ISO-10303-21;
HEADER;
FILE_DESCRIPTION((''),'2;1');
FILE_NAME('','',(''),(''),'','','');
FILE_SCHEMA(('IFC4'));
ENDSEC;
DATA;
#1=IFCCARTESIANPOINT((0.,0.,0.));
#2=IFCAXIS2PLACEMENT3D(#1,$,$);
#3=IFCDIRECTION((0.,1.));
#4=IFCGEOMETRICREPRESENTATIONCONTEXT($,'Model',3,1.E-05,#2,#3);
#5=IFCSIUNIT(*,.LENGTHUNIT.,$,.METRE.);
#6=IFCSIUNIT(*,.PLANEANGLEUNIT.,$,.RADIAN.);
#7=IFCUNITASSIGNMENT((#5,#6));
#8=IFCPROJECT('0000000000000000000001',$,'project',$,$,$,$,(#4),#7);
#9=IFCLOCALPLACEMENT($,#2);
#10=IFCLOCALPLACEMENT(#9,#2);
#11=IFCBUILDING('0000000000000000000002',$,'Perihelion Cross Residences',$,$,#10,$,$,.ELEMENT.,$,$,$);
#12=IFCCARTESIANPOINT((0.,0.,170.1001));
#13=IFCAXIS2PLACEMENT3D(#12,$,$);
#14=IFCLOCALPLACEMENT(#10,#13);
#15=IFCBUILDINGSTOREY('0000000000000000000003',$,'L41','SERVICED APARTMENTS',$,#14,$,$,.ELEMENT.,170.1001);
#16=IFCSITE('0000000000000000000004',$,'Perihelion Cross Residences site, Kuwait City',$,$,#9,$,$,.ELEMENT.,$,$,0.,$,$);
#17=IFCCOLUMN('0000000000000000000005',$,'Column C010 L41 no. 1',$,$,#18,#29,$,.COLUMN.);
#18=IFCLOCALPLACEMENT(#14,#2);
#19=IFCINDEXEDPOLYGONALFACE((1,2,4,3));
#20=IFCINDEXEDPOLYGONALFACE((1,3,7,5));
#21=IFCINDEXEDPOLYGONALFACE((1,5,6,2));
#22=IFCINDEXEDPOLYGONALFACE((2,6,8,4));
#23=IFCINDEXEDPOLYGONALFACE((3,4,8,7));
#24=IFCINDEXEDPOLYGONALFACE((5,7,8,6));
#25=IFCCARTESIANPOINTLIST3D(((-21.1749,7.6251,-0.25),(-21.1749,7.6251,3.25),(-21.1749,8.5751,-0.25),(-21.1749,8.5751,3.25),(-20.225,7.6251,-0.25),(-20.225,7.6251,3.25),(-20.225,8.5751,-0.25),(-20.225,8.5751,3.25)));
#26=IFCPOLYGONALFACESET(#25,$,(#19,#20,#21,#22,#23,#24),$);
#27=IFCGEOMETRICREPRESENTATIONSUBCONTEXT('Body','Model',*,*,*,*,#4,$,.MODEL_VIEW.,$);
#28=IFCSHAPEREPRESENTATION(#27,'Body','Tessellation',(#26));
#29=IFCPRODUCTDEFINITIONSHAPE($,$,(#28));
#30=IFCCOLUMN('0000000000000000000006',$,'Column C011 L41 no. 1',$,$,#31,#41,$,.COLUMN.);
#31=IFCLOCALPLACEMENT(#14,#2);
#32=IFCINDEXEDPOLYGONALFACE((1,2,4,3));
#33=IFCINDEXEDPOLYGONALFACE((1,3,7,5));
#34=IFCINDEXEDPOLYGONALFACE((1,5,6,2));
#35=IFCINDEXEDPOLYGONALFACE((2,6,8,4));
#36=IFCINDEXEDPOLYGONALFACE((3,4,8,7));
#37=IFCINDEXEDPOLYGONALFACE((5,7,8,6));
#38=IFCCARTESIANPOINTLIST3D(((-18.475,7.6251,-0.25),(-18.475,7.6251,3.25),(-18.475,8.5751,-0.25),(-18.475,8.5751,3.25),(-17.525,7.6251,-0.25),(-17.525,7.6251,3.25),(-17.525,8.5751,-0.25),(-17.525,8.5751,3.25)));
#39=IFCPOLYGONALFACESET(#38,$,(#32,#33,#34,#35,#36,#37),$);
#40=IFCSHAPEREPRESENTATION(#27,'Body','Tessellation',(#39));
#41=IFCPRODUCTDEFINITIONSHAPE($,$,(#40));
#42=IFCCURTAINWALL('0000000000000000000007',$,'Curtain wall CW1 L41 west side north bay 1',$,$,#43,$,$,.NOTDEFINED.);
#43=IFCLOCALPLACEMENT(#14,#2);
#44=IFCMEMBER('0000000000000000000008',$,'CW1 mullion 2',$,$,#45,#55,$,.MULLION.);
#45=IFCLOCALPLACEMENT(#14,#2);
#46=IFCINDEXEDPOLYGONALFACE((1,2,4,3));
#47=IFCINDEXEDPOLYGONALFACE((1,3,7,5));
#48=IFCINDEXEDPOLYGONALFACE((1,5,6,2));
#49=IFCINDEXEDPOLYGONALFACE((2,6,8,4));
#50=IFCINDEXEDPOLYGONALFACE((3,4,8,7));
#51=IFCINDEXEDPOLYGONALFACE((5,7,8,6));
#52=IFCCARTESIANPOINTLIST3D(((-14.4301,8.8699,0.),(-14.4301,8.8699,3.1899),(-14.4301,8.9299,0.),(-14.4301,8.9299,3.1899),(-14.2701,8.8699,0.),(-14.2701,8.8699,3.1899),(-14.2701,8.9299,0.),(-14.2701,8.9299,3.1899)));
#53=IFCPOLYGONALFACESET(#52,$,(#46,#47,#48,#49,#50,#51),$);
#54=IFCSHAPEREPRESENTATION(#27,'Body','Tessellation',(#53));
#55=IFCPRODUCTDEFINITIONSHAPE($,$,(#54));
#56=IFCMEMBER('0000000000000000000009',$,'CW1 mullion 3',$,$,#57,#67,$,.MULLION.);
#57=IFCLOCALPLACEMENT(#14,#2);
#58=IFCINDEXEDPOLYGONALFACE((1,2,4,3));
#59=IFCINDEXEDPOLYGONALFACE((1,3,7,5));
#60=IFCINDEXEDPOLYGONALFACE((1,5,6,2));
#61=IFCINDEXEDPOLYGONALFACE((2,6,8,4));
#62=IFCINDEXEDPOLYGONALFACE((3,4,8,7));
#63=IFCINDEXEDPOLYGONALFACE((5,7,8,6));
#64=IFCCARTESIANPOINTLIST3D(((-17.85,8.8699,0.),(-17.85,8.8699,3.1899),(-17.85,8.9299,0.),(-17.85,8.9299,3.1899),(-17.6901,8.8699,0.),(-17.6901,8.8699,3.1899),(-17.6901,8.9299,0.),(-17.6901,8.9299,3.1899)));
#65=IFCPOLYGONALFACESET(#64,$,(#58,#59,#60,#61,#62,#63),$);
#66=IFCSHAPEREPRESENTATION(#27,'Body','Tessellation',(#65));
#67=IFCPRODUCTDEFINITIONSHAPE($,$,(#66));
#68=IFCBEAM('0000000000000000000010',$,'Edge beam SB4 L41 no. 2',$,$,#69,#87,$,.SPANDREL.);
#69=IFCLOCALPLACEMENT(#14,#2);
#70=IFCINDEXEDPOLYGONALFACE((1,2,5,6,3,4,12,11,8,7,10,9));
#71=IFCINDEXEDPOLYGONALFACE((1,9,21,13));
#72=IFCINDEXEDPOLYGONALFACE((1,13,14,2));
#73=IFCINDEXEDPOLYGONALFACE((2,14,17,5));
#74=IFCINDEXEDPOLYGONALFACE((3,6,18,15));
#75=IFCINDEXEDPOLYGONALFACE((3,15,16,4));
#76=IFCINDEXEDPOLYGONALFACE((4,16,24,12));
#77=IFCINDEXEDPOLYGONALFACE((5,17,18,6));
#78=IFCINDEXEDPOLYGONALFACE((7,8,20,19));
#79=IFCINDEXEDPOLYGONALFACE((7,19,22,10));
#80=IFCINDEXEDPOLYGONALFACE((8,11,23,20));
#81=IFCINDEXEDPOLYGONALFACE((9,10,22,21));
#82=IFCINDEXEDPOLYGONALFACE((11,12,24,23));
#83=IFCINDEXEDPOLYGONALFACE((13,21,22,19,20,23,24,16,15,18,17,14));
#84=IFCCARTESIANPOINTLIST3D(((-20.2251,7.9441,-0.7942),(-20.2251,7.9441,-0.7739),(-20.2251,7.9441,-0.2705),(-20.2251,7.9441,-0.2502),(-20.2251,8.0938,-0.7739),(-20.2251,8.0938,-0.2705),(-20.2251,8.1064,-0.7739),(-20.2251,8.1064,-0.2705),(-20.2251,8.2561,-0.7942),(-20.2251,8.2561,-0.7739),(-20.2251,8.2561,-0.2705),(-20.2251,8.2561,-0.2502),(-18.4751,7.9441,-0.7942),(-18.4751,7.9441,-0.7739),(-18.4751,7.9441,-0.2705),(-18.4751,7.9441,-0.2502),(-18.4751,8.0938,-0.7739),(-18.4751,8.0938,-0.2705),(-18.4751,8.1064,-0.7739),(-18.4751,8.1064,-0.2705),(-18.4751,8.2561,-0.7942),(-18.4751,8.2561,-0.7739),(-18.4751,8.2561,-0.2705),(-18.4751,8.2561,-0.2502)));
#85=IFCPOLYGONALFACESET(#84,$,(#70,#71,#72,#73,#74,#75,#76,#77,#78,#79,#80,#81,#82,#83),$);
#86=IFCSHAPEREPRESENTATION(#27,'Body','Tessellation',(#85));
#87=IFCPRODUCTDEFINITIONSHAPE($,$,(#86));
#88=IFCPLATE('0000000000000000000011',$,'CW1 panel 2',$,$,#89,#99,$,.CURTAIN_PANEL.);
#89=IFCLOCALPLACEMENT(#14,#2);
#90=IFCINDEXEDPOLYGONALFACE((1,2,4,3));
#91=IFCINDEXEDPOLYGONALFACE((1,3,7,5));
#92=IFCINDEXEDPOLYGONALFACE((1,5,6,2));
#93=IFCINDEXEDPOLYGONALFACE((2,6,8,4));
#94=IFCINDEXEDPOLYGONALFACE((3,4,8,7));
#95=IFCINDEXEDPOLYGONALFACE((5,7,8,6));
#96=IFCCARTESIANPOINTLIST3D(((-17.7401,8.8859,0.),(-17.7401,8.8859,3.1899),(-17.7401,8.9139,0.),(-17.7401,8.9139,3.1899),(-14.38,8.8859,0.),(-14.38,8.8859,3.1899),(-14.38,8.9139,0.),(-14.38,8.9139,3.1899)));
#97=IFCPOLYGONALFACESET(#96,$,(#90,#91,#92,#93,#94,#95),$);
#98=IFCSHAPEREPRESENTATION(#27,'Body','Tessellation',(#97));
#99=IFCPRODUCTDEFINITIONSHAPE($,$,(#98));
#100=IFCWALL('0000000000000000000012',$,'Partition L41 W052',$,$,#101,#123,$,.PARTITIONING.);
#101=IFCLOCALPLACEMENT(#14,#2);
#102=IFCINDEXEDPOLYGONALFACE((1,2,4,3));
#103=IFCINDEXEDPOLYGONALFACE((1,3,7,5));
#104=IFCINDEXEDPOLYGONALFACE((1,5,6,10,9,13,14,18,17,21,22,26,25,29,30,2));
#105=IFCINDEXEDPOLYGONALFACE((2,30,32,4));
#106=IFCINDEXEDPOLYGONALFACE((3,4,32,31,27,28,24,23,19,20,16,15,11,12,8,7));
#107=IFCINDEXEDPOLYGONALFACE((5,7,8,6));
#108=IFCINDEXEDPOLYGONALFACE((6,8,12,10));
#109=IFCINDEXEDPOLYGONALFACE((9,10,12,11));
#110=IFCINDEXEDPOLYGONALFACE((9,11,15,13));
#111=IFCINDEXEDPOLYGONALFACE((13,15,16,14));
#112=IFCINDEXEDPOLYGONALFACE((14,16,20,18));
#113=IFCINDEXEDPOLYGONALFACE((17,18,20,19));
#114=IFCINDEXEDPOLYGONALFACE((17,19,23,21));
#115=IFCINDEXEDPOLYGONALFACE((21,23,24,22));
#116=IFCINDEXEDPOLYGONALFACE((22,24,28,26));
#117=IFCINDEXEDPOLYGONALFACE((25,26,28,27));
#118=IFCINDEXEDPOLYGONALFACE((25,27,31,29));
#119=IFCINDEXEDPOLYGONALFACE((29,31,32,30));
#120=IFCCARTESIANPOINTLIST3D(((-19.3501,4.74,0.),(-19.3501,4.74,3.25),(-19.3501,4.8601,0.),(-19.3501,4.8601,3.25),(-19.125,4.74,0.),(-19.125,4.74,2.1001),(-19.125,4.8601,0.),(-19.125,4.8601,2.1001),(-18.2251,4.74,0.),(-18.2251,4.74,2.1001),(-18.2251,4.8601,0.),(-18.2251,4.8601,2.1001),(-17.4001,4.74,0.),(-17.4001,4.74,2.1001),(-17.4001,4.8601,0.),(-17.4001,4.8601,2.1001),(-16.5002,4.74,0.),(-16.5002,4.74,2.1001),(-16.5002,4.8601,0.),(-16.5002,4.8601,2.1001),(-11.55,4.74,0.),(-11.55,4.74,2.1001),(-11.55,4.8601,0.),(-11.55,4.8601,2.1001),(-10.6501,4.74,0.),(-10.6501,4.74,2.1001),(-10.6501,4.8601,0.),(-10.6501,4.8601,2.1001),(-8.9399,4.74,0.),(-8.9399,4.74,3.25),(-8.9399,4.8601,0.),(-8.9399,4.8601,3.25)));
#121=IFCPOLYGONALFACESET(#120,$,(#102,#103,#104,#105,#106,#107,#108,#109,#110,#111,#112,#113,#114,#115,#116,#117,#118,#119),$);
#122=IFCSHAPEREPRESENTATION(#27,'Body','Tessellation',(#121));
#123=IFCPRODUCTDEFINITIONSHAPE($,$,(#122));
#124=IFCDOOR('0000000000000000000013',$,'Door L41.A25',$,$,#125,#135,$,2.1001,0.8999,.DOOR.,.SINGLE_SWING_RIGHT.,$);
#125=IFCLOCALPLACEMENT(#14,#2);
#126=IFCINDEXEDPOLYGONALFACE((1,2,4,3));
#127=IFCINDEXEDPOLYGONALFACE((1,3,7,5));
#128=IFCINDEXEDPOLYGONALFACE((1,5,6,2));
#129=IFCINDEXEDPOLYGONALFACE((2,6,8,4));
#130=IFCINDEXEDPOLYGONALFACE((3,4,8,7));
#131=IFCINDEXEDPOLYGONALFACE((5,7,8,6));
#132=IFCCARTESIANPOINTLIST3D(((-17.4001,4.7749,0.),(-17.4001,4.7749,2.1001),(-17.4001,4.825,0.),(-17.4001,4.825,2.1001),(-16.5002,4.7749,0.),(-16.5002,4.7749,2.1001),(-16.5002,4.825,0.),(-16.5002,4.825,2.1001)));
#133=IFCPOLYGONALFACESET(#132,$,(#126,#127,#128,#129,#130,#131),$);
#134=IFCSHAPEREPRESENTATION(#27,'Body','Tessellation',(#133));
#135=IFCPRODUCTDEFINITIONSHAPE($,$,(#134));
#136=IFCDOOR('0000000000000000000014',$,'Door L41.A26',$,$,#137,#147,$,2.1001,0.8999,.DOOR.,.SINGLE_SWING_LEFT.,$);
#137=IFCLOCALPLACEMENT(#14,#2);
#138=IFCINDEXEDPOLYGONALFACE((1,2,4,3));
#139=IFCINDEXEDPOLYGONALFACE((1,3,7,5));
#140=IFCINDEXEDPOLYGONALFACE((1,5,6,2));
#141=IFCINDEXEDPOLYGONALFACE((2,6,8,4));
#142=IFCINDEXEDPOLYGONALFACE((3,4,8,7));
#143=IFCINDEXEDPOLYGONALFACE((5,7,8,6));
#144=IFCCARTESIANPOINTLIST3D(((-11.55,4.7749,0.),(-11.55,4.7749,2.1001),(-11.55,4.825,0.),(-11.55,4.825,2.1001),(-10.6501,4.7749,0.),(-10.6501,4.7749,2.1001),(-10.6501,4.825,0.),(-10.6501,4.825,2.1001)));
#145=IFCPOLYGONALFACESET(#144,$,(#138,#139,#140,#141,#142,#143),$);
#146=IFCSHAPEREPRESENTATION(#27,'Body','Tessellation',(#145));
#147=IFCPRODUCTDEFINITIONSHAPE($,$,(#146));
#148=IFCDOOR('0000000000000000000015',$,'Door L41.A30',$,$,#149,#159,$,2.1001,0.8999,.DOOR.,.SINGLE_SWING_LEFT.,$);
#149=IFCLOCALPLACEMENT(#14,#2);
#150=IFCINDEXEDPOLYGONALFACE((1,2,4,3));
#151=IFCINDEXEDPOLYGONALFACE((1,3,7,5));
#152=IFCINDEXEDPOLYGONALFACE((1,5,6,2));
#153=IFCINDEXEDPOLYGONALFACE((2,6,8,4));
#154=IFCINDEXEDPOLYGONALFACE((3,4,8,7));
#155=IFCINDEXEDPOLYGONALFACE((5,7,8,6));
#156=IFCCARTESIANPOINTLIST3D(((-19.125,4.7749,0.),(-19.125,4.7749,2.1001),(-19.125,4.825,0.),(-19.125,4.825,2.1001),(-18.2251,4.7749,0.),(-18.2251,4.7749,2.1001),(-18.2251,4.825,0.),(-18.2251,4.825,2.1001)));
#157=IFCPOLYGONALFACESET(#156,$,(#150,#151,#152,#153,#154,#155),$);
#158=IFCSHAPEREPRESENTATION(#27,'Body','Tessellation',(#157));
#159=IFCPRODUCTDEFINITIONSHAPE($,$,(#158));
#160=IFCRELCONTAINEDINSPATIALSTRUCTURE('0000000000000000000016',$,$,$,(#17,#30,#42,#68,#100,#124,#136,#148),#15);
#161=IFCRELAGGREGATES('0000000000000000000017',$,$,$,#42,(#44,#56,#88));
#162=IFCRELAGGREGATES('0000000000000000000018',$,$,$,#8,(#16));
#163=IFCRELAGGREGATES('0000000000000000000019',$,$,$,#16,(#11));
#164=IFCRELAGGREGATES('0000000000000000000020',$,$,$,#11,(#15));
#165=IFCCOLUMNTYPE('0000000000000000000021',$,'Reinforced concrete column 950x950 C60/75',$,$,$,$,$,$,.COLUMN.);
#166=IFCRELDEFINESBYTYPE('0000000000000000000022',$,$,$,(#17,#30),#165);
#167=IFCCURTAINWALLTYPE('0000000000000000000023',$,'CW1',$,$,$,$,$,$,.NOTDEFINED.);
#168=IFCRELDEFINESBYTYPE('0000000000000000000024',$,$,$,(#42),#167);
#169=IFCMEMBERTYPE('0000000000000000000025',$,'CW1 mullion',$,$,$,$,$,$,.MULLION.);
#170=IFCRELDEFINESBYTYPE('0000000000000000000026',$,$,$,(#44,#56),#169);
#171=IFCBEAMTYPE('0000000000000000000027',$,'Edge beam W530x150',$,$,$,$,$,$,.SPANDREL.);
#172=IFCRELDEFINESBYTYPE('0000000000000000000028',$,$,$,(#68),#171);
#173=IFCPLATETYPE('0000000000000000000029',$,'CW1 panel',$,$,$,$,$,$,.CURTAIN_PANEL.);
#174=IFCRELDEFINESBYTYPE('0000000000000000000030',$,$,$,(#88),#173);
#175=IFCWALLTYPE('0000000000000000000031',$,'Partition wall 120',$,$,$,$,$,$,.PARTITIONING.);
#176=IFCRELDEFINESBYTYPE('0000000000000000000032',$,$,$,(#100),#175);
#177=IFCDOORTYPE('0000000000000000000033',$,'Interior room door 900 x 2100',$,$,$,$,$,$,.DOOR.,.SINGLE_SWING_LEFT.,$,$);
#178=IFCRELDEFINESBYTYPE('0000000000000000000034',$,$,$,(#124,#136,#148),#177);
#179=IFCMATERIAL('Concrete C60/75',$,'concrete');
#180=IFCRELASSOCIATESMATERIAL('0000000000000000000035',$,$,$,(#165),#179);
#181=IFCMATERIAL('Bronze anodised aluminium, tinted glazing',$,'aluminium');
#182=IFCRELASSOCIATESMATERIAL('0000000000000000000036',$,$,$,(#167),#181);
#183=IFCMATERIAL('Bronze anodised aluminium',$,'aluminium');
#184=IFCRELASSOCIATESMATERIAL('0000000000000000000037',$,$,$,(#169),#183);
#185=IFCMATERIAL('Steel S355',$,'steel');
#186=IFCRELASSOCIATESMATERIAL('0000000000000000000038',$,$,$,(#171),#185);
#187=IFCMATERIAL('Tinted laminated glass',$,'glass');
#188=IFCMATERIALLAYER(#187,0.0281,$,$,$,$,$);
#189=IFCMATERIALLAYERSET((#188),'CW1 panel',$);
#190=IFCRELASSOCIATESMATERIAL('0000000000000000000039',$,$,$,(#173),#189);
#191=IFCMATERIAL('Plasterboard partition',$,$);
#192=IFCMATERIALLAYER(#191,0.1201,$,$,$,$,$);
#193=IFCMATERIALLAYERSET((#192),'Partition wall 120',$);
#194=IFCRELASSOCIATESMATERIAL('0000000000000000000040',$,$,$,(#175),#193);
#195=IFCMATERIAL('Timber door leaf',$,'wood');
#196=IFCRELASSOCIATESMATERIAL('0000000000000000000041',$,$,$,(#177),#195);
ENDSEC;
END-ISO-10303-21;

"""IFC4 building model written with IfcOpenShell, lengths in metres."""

from ifc_helpers import new_model, si_unit, direction, frame, frame_2d, origin, origin_2d, place, context, subcontext, project, spatial, rectangle, i_section, extrude, material, layer, layer_set, material_profile, profile_set, type_object, element, fill, aggregate, save


model = new_model("IFC4")

# Units and contexts
model_context = context("Model", 3, precision=1e-05, world=origin(), true_north=direction((0.0, 1.0)))
body_context = subcontext(model_context, "Body", "Model", "MODEL_VIEW")
ifc_project = project(units=[si_unit("LENGTHUNIT", "METRE"), si_unit("PLANEANGLEUNIT", "RADIAN")], contexts=[model_context])

# Site, building, storey
site_placement = place(None, origin())
site = spatial("IfcSite", under=ifc_project, at=site_placement, Name="Perihelion Cross Residences site, Kuwait City", CompositionType="ELEMENT", RefElevation=0.0)
building_placement = place(site_placement, origin())
building = spatial("IfcBuilding", under=site, at=building_placement, Name="Perihelion Cross Residences", CompositionType="ELEMENT")
storey_placement = place(building_placement, frame((0.0, 0.0, 170.1001)))
storey = spatial("IfcBuildingStorey", under=building, at=storey_placement, Name="L41", Description="SERVICED APARTMENTS", CompositionType="ELEMENT", Elevation=170.1001)

# Columns
ifc_material_1 = material(Name="Concrete C60/75", Category="concrete")
ifc_material_profile_1 = material_profile(ifc_material_1, rectangle(XDim=0.95, YDim=0.95, at=origin_2d()), Name="RC 950x950")
ifc_profile_set_1 = profile_set([ifc_material_profile_1], Name="Concrete C60/75")
column_type = type_object("IfcColumnType", Name="Reinforced concrete column 950x950 C60/75", PredefinedType="COLUMN", material=ifc_profile_set_1)
for number, where, z_axis, x_axis, name in (
    (1, (-20.7, 8.1001, -0.25), (0.0, 0.0, 1.0), (1.0, 0.0, 0.0), "Column C010 L41 no. 1"),
    (2, (-18.0, 8.1001, -0.25), (0.0, 0.0, 1.0), (1.0, 0.0, 0.0), "Column C011 L41 no. 1"),
):
    element("IfcColumn", number, at=place(storey_placement, frame(where, z_axis=z_axis, x_axis=x_axis)), inside=storey, type_object=column_type, Name=name, PredefinedType="COLUMN", context=body_context, shape_type="SweptSolid", body=[
        extrude(rectangle(XDim=0.95, YDim=0.95, at=origin_2d()), origin(), (0.0, 0.0, 1.0), 3.5),
    ])

# Curtain wall, members
ifc_material_2 = material(Name="Bronze anodised aluminium, tinted glazing", Category="aluminium")
curtain_wall_type = type_object("IfcCurtainWallType", Name="CW1", PredefinedType="NOTDEFINED", material=ifc_material_2)
curtain_wall_placement = place(storey_placement, origin())
curtain_wall = element("IfcCurtainWall", 3, at=curtain_wall_placement, inside=storey, type_object=curtain_wall_type, Name="Curtain wall CW1 L41 west side north bay 1", PredefinedType="NOTDEFINED")
ifc_material_3 = material(Name="Bronze anodised aluminium", Category="aluminium")
ifc_material_profile_2 = material_profile(ifc_material_3, rectangle(XDim=0.0601, YDim=0.1599, at=origin_2d()), Name="CW1 mullion")
ifc_profile_set_2 = profile_set([ifc_material_profile_2], Name="Bronze anodised aluminium")
member_type = type_object("IfcMemberType", Name="CW1 mullion", PredefinedType="MULLION", material=ifc_profile_set_2)
member_1_placement = place(storey_placement, frame((-14.3501, 8.8999, 0.0), z_axis=(0.0, 0.0, 1.0), x_axis=(0.0, -1.0, 0.0)))
member_1 = element("IfcMember", 4, at=member_1_placement, type_object=member_type, Name="CW1 mullion 2", PredefinedType="MULLION", context=body_context, shape_type="SweptSolid", body=[
    extrude(rectangle(XDim=0.0601, YDim=0.1599, at=origin_2d()), origin(), (0.0, 0.0, 1.0), 3.1899),
])
member_2_placement = place(storey_placement, frame((-17.77, 8.8999, 0.0), z_axis=(0.0, 0.0, 1.0), x_axis=(0.0, -1.0, 0.0)))
member_2 = element("IfcMember", 5, at=member_2_placement, type_object=member_type, Name="CW1 mullion 3", PredefinedType="MULLION", context=body_context, shape_type="SweptSolid", body=[
    extrude(rectangle(XDim=0.0601, YDim=0.1599, at=origin_2d()), origin(), (0.0, 0.0, 1.0), 3.1899),
])

# Beam
ifc_material_4 = material(Name="Steel S355", Category="steel")
ifc_material_profile_3 = material_profile(ifc_material_4, i_section(OverallWidth=0.312, OverallDepth=0.5439, WebThickness=0.0127, FlangeThickness=0.0203, at=origin_2d()), Name="W530x150")
ifc_profile_set_3 = profile_set([ifc_material_profile_3], Name="Steel S355")
beam_type = type_object("IfcBeamType", Name="Edge beam W530x150", PredefinedType="SPANDREL", material=ifc_profile_set_3)
beam_placement = place(storey_placement, frame((-18.4751, 8.1001, -0.5222), z_axis=(-1.0, 0.0, 0.0), x_axis=(0.0, -1.0, 0.0)))
element("IfcBeam", 6, at=beam_placement, inside=storey, type_object=beam_type, Name="Edge beam SB4 L41 no. 2", PredefinedType="SPANDREL", context=body_context, shape_type="SweptSolid", body=[
    extrude(i_section(OverallWidth=0.312, OverallDepth=0.5439, WebThickness=0.0127, FlangeThickness=0.0203, at=origin_2d()), origin(), (0.0, 0.0, 1.0), 1.75),
])

# Plate
ifc_material_5 = material(Name="Tinted laminated glass", Category="glass")
ifc_layer_1 = layer(ifc_material_5, 0.0281)
ifc_layer_set_1 = layer_set([ifc_layer_1], Name="CW1 panel")
plate_type = type_object("IfcPlateType", Name="CW1 panel", PredefinedType="CURTAIN_PANEL", material=ifc_layer_set_1)
plate_placement = place(storey_placement, frame((-16.0601, 8.8999, 0.0), z_axis=(0.0, 0.0, 1.0), x_axis=(-1.0, 0.0, 0.0)))
plate = element("IfcPlate", 7, at=plate_placement, type_object=plate_type, Name="CW1 panel 2", PredefinedType="CURTAIN_PANEL", context=body_context, shape_type="SweptSolid", body=[
    extrude(rectangle(XDim=3.3601, YDim=0.0281, at=origin_2d()), origin(), (0.0, 0.0, 1.0), 3.1899),
])
aggregate(curtain_wall, [member_1, member_2, plate])

# Wall, openings, doors
ifc_material_6 = material(Name="Plasterboard partition")
ifc_layer_2 = layer(ifc_material_6, 0.1201)
ifc_layer_set_2 = layer_set([ifc_layer_2], Name="Partition wall 120")
wall_type_1 = type_object("IfcWallType", Name="Partition wall 120", PredefinedType="PARTITIONING", material=ifc_layer_set_2)
wall_1_placement = place(storey_placement, frame((-19.3501, 4.8, 0.0), z_axis=(0.0, 0.0, 1.0), x_axis=(1.0, 0.0, 0.0)))
wall_1 = element("IfcWall", 8, at=wall_1_placement, inside=storey, type_object=wall_type_1, Name="Partition L41 W052", PredefinedType="PARTITIONING", context=body_context, shape_type="SweptSolid", body=[
    extrude(rectangle(XDim=10.4102, YDim=0.1201, at=frame_2d((5.2051, 0.0))), origin(), (0.0, 0.0, 1.0), 3.25),
])
opening_1_placement = place(wall_1_placement, frame((1.95, 0.0, 0.0)))
opening_1 = element("IfcOpeningElement", 9, at=opening_1_placement, cuts=wall_1, PredefinedType="OPENING", context=body_context, shape_type="SweptSolid", body=[
    extrude(rectangle(XDim=0.8999, YDim=2.1001, at=frame_2d((0.45, 1.05))), frame((0.0, 0.0701, 0.0), z_axis=(0.0, -1.0, 0.0), x_axis=(1.0, 0.0, 0.0)), (0.0, 0.0, 1.0), 0.1401),
])
opening_2_placement = place(wall_1_placement, frame((7.8, 0.0, 0.0)))
opening_2 = element("IfcOpeningElement", 10, at=opening_2_placement, cuts=wall_1, PredefinedType="OPENING", context=body_context, shape_type="SweptSolid", body=[
    extrude(rectangle(XDim=0.8999, YDim=2.1001, at=frame_2d((0.45, 1.05))), frame((0.0, 0.0701, 0.0), z_axis=(0.0, -1.0, 0.0), x_axis=(1.0, 0.0, 0.0)), (0.0, 0.0, 1.0), 0.1401),
])
opening_3_placement = place(wall_1_placement, frame((0.2251, 0.0, 0.0)))
opening_3 = element("IfcOpeningElement", 11, at=opening_3_placement, cuts=wall_1, PredefinedType="OPENING", context=body_context, shape_type="SweptSolid", body=[
    extrude(rectangle(XDim=0.8999, YDim=2.1001, at=frame_2d((0.45, 1.05))), frame((0.0, 0.0701, 0.0), z_axis=(0.0, -1.0, 0.0), x_axis=(1.0, 0.0, 0.0)), (0.0, 0.0, 1.0), 0.1401),
])
ifc_material_7 = material(Name="Timber door leaf", Category="wood")
door_type_1 = type_object("IfcDoorType", Name="Interior room door 900 x 2100", OperationType="SINGLE_SWING_LEFT", PredefinedType="DOOR", material=ifc_material_7)
door_1_placement = place(opening_1_placement, origin())
door_1 = element("IfcDoor", 12, at=door_1_placement, inside=storey, type_object=door_type_1, Name="Door L41.A25", OperationType="SINGLE_SWING_RIGHT", OverallHeight=2.1001, OverallWidth=0.8999, PredefinedType="DOOR", context=body_context, shape_type="SweptSolid", body=[
    extrude(rectangle(XDim=0.8999, YDim=2.1001, at=frame_2d((0.45, 1.05))), frame((0.0, 0.0249, 0.0), z_axis=(0.0, -1.0, 0.0), x_axis=(1.0, 0.0, 0.0)), (0.0, 0.0, 1.0), 0.05),
])
fill(opening_1, door_1)
door_2_placement = place(opening_2_placement, origin())
door_2 = element("IfcDoor", 13, at=door_2_placement, inside=storey, type_object=door_type_1, Name="Door L41.A26", OperationType="SINGLE_SWING_LEFT", OverallHeight=2.1001, OverallWidth=0.8999, PredefinedType="DOOR", context=body_context, shape_type="SweptSolid", body=[
    extrude(rectangle(XDim=0.8999, YDim=2.1001, at=frame_2d((0.45, 1.05))), frame((0.0, 0.0249, 0.0), z_axis=(0.0, -1.0, 0.0), x_axis=(1.0, 0.0, 0.0)), (0.0, 0.0, 1.0), 0.05),
])
fill(opening_2, door_2)
door_3_placement = place(opening_3_placement, origin())
door_3 = element("IfcDoor", 14, at=door_3_placement, inside=storey, type_object=door_type_1, Name="Door L41.A30", OperationType="SINGLE_SWING_LEFT", OverallHeight=2.1001, OverallWidth=0.8999, PredefinedType="DOOR", context=body_context, shape_type="SweptSolid", body=[
    extrude(rectangle(XDim=0.8999, YDim=2.1001, at=frame_2d((0.45, 1.05))), frame((0.0, 0.0249, 0.0), z_axis=(0.0, -1.0, 0.0), x_axis=(1.0, 0.0, 0.0)), (0.0, 0.0, 1.0), 0.05),
])
fill(opening_3, door_3)

save(model, "model.ifc")
